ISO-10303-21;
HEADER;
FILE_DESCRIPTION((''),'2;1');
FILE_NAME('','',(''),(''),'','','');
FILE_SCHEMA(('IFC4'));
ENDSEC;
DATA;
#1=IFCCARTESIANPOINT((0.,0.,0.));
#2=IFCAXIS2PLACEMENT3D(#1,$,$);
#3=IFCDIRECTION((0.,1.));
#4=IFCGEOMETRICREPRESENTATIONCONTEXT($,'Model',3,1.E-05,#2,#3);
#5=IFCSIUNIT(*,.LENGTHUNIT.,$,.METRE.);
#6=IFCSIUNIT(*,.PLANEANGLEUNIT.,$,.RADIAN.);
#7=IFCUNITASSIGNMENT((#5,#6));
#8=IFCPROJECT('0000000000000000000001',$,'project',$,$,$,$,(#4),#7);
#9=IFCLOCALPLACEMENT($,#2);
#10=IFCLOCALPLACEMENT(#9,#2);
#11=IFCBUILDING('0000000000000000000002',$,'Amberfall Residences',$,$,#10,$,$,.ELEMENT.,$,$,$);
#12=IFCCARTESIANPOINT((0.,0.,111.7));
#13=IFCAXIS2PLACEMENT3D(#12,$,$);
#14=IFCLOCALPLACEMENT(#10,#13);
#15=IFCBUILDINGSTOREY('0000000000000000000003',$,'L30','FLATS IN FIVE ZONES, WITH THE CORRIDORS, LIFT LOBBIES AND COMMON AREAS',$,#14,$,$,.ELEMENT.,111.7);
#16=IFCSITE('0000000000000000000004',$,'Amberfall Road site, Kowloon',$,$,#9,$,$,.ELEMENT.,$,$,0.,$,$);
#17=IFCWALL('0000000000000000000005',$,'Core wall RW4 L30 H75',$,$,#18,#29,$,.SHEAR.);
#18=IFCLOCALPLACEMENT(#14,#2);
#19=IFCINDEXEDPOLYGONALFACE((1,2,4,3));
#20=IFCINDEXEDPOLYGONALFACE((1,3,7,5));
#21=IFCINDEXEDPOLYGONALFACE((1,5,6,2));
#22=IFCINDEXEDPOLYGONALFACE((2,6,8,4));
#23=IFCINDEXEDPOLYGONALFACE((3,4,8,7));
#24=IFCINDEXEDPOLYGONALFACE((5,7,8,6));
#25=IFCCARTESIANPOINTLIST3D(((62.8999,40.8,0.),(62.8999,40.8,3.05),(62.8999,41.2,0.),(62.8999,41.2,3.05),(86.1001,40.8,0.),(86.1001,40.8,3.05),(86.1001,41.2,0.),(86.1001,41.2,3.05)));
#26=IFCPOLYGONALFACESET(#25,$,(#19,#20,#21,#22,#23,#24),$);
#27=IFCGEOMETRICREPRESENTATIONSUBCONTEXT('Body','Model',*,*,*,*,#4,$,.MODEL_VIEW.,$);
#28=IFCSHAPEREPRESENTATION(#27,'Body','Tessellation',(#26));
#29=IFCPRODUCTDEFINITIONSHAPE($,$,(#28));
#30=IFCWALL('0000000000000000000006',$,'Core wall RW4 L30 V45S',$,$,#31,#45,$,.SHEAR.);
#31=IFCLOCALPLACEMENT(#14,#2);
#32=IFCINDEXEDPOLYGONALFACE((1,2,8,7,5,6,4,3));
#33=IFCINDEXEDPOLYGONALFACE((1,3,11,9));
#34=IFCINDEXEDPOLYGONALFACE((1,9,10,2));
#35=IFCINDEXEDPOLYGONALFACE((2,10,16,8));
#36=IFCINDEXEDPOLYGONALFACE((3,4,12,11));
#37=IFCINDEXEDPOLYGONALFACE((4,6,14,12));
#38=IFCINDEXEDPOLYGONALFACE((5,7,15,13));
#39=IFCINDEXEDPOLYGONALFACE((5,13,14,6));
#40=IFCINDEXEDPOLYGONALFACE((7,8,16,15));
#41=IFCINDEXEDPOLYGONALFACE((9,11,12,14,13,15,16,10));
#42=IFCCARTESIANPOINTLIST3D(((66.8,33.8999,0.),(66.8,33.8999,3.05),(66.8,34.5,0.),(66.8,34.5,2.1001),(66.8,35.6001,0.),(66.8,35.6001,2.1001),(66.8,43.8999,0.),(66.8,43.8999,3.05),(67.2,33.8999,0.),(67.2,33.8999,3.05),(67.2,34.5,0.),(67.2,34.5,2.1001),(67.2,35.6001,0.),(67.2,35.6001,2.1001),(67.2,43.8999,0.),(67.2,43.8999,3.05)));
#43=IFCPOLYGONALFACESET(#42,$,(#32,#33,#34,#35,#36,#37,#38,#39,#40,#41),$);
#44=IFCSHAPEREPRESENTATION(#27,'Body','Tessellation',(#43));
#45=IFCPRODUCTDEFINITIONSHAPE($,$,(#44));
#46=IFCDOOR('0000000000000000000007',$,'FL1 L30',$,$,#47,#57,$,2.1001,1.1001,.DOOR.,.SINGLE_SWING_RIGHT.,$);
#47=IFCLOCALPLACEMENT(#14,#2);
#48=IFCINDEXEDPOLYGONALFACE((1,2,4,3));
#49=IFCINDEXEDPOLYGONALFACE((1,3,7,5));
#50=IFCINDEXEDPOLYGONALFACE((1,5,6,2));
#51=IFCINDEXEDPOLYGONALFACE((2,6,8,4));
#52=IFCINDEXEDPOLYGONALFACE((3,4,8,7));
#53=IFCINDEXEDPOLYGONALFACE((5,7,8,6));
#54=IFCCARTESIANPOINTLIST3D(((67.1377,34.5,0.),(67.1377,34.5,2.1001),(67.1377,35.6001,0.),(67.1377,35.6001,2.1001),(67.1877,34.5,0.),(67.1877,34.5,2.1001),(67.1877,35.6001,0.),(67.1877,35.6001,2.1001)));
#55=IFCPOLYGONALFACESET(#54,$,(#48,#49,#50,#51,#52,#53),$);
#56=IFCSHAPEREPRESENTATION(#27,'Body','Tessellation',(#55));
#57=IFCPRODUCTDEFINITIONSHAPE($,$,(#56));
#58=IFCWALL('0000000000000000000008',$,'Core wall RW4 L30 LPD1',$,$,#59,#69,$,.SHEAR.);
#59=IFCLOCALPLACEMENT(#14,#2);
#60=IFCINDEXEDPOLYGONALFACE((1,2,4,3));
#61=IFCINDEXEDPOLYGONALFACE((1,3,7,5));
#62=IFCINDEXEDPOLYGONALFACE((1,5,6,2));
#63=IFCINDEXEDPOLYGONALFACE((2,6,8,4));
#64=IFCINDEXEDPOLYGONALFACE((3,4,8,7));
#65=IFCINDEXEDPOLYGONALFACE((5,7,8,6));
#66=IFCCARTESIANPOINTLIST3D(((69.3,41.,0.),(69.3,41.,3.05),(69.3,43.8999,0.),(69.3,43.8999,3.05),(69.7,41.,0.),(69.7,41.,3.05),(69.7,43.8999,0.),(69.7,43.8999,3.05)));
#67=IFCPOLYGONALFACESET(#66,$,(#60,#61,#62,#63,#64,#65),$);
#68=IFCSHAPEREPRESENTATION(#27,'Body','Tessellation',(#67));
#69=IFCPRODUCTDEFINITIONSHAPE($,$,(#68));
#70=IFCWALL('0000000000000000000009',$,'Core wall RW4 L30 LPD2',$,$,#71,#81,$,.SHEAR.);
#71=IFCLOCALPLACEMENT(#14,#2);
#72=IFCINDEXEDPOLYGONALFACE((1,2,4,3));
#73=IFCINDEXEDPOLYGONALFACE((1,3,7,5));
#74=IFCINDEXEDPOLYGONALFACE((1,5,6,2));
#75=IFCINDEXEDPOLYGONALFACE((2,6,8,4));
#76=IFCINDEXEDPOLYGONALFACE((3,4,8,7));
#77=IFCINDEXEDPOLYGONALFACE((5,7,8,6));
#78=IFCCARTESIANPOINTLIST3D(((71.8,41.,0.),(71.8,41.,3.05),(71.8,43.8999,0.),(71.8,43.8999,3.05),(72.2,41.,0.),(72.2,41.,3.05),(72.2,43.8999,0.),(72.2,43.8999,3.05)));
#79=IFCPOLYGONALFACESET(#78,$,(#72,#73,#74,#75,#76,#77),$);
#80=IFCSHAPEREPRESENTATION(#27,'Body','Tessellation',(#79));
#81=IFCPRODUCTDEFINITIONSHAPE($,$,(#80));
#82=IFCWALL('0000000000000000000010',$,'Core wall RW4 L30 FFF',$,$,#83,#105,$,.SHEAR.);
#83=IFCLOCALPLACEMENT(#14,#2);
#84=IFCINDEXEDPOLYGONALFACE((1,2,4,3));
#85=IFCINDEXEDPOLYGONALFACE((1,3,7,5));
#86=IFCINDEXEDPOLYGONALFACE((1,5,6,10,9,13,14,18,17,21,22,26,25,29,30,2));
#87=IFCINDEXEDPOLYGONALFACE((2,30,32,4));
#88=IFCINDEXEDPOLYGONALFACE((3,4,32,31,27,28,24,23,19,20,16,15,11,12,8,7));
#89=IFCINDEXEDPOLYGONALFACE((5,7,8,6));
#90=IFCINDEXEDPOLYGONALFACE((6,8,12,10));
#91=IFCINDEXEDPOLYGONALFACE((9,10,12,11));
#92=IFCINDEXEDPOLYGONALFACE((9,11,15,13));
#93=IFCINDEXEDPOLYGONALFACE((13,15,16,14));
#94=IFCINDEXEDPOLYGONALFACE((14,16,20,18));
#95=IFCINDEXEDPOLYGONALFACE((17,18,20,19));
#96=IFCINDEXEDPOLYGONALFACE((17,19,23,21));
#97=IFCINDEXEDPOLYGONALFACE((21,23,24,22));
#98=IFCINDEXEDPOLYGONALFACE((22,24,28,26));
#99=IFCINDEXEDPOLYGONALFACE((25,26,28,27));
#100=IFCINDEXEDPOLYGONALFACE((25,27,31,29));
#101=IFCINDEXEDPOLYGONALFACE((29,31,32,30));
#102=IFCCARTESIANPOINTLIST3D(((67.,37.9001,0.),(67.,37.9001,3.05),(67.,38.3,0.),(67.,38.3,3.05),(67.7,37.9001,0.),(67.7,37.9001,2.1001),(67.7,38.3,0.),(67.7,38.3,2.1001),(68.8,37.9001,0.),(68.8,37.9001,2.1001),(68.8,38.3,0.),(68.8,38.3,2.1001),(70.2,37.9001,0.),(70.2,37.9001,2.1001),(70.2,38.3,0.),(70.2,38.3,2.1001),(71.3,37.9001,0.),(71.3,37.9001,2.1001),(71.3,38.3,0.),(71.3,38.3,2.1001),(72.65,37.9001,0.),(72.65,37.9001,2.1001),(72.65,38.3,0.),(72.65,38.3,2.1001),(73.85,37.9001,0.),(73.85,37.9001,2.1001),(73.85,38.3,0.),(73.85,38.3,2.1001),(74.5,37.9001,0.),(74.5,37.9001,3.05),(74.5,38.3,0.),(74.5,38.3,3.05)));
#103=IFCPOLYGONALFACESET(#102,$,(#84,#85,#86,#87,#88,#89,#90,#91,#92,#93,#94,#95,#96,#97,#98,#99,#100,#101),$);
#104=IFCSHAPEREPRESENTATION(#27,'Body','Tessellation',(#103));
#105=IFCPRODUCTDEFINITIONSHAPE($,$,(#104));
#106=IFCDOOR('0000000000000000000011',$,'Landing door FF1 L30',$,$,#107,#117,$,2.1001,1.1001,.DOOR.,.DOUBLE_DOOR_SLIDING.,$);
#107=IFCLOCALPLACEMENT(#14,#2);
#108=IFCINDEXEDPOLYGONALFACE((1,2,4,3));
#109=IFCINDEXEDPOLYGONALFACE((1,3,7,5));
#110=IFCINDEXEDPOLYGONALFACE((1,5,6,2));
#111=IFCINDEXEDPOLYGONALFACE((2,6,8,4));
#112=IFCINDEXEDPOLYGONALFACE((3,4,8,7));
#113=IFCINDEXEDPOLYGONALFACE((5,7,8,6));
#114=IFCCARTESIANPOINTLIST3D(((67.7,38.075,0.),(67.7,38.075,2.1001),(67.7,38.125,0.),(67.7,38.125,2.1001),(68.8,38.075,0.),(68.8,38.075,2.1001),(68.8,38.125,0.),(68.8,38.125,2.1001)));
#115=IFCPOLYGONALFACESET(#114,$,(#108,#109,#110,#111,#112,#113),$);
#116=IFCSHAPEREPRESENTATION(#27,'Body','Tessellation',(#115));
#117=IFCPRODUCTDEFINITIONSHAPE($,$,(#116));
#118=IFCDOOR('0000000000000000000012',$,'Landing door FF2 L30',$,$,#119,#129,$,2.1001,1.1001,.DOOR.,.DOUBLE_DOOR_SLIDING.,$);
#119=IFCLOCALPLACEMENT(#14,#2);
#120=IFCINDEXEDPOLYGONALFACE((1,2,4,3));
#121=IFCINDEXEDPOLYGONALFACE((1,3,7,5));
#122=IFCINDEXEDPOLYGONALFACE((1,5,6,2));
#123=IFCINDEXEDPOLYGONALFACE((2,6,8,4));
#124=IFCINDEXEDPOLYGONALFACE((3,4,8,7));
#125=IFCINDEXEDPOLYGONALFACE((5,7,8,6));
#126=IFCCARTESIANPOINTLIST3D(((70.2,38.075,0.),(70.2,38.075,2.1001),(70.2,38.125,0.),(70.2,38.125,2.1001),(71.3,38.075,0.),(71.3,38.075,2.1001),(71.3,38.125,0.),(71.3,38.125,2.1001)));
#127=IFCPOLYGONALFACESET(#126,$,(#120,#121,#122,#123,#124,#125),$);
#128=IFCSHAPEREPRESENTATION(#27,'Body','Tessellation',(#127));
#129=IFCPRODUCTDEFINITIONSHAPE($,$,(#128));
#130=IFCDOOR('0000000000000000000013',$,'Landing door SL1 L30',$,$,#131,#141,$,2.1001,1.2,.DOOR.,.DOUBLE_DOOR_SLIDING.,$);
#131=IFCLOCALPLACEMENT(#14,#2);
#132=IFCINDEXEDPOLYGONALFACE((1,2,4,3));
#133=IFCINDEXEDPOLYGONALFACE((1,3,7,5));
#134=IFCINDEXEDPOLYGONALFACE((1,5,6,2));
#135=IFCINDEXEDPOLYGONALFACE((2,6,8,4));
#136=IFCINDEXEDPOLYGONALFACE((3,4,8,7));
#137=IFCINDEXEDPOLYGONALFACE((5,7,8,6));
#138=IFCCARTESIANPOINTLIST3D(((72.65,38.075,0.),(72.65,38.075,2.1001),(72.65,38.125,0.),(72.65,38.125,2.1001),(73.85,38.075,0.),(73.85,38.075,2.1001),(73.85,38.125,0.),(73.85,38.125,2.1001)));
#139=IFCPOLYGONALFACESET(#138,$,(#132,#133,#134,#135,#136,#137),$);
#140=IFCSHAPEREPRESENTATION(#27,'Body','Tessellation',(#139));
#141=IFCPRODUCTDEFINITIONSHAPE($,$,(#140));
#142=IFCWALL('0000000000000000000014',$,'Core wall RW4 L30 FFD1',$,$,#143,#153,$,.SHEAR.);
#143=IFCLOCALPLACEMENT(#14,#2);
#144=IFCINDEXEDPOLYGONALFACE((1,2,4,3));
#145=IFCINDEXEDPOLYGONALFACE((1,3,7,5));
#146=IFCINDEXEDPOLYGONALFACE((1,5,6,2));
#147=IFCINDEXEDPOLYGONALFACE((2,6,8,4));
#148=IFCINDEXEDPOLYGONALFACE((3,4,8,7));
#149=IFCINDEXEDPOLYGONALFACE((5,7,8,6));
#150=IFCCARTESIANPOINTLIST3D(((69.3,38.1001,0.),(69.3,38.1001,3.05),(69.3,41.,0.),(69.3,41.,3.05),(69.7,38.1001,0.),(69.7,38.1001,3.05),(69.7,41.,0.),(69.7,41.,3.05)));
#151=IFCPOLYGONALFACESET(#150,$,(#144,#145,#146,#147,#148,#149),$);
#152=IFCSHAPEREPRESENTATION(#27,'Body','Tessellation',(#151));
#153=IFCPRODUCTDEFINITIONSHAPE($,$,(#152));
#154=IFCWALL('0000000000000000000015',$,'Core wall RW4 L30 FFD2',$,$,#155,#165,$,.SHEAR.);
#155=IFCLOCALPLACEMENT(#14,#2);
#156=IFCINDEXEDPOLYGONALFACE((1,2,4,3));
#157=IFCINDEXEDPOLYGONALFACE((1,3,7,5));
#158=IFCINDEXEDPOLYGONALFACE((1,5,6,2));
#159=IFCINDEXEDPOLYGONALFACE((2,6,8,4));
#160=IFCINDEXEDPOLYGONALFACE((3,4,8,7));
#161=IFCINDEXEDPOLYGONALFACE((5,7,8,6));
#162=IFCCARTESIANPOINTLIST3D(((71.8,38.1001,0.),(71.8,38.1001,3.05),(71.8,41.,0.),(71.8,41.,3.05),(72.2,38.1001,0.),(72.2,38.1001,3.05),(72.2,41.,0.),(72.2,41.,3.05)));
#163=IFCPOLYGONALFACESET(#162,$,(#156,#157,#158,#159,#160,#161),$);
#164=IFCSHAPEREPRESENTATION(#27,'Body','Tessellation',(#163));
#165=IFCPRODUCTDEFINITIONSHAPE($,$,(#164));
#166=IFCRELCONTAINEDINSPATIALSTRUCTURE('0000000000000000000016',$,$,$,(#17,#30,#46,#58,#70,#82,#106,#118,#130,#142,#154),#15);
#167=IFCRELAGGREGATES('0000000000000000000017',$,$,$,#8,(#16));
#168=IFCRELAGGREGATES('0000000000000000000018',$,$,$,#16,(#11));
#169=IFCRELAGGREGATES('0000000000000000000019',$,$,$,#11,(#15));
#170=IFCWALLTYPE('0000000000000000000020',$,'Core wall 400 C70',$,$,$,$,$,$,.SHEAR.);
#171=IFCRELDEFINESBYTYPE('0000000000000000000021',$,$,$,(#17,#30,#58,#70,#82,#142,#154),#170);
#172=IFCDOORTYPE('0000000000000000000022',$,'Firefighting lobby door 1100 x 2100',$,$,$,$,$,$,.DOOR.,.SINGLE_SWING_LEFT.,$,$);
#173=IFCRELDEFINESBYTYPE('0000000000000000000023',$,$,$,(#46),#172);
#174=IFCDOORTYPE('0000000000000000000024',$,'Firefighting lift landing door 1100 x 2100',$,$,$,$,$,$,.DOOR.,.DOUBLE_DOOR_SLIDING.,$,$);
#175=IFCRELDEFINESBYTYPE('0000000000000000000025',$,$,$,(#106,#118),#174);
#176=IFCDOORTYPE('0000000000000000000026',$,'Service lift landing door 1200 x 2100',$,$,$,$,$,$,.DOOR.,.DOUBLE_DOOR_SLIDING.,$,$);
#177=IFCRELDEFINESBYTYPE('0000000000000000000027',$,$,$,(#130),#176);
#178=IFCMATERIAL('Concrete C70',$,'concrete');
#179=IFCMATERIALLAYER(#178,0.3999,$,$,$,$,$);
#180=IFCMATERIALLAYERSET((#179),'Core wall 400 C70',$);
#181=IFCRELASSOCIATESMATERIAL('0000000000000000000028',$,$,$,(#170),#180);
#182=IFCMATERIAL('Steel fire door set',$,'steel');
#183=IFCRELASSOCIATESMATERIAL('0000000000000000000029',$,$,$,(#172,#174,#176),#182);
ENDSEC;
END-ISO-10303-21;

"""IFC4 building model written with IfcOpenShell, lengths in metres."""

from ifc_helpers import new_model, si_unit, direction, frame, frame_2d, origin, place, context, subcontext, project, spatial, rectangle, extrude, material, layer, layer_set, type_object, element, fill, save


model = new_model("IFC4")

# Units and contexts
model_context = context("Model", 3, precision=1e-05, world=origin(), true_north=direction((0.0, 1.0)))
body_context = subcontext(model_context, "Body", "Model", "MODEL_VIEW")
ifc_project = project(units=[si_unit("LENGTHUNIT", "METRE"), si_unit("PLANEANGLEUNIT", "RADIAN")], contexts=[model_context])

# Site, building, storey
site_placement = place(None, origin())
site = spatial("IfcSite", under=ifc_project, at=site_placement, Name="Amberfall Road site, Kowloon", CompositionType="ELEMENT", RefElevation=0.0)
building_placement = place(site_placement, origin())
building = spatial("IfcBuilding", under=site, at=building_placement, Name="Amberfall Residences", CompositionType="ELEMENT")
storey_placement = place(building_placement, frame((0.0, 0.0, 111.7)))
storey = spatial("IfcBuildingStorey", under=building, at=storey_placement, Name="L30", Description="FLATS IN FIVE ZONES, WITH THE CORRIDORS, LIFT LOBBIES AND COMMON AREAS", CompositionType="ELEMENT", Elevation=111.7)

# Wall
ifc_material_1 = material(Name="Concrete C70", Category="concrete")
ifc_layer_1 = layer(ifc_material_1, 0.3999)
ifc_layer_set_1 = layer_set([ifc_layer_1], Name="Core wall 400 C70")
wall_type_1 = type_object("IfcWallType", Name="Core wall 400 C70", PredefinedType="SHEAR", material=ifc_layer_set_1)
wall_1_placement = place(storey_placement, frame((62.8999, 41.0, 0.0), z_axis=(0.0, 0.0, 1.0), x_axis=(1.0, 0.0, 0.0)))
element("IfcWall", 1, at=wall_1_placement, inside=storey, type_object=wall_type_1, Name="Core wall RW4 L30 H75", PredefinedType="SHEAR", context=body_context, shape_type="SweptSolid", body=[
    extrude(rectangle(XDim=23.2002, YDim=0.3999, at=frame_2d((11.6001, 0.0))), origin(), (0.0, 0.0, 1.0), 3.05),
])

# Wall, opening, door
wall_2_placement = place(storey_placement, frame((67.0, 33.8999, 0.0), z_axis=(0.0, 0.0, 1.0), x_axis=(0.0, 1.0, 0.0)))
wall_2 = element("IfcWall", 2, at=wall_2_placement, inside=storey, type_object=wall_type_1, Name="Core wall RW4 L30 V45S", PredefinedType="SHEAR", context=body_context, shape_type="SweptSolid", body=[
    extrude(rectangle(XDim=10.0, YDim=0.3999, at=frame_2d((5.0, 0.0))), origin(), (0.0, 0.0, 1.0), 3.05),
])
opening_1_placement = place(wall_2_placement, frame((0.6001, 0.0, 0.0)))
opening_1 = element("IfcOpeningElement", 3, at=opening_1_placement, cuts=wall_2, PredefinedType="OPENING", context=body_context, shape_type="SweptSolid", body=[
    extrude(rectangle(XDim=1.1001, YDim=2.1001, at=frame_2d((0.55, 1.05))), frame((0.0, 0.21, 0.0), z_axis=(0.0, -1.0, 0.0), x_axis=(1.0, 0.0, 0.0)), (0.0, 0.0, 1.0), 0.4199),
])
ifc_material_2 = material(Name="Steel fire door set", Category="steel")
door_type_1 = type_object("IfcDoorType", Name="Firefighting lobby door 1100 x 2100", OperationType="SINGLE_SWING_LEFT", PredefinedType="DOOR", material=ifc_material_2)
door_1_placement = place(opening_1_placement, origin())
door_1 = element("IfcDoor", 4, at=door_1_placement, inside=storey, type_object=door_type_1, Name="FL1 L30", OperationType="SINGLE_SWING_RIGHT", OverallHeight=2.1001, OverallWidth=1.1001, PredefinedType="DOOR", context=body_context, shape_type="SweptSolid", body=[
    extrude(rectangle(XDim=1.1001, YDim=2.1001, at=frame_2d((0.55, 1.05))), frame((0.0, -0.1377, 0.0), z_axis=(0.0, -1.0, 0.0), x_axis=(1.0, 0.0, 0.0)), (0.0, 0.0, 1.0), 0.05),
])
fill(opening_1, door_1)

# Walls
for number, where, z_axis, x_axis, name in (
    (5, (69.5, 41.0, 0.0), (0.0, 0.0, 1.0), (0.0, 1.0, 0.0), "Core wall RW4 L30 LPD1"),
    (6, (72.0, 41.0, 0.0), (0.0, 0.0, 1.0), (0.0, 1.0, 0.0), "Core wall RW4 L30 LPD2"),
):
    element("IfcWall", number, at=place(storey_placement, frame(where, z_axis=z_axis, x_axis=x_axis)), inside=storey, type_object=wall_type_1, Name=name, PredefinedType="SHEAR", context=body_context, shape_type="SweptSolid", body=[
        extrude(rectangle(XDim=2.8999, YDim=0.3999, at=frame_2d((1.45, 0.0))), origin(), (0.0, 0.0, 1.0), 3.05),
    ])

# Wall, openings, doors
wall_3_placement = place(storey_placement, frame((67.0, 38.1001, 0.0), z_axis=(0.0, 0.0, 1.0), x_axis=(1.0, 0.0, 0.0)))
wall_3 = element("IfcWall", 7, at=wall_3_placement, inside=storey, type_object=wall_type_1, Name="Core wall RW4 L30 FFF", PredefinedType="SHEAR", context=body_context, shape_type="SweptSolid", body=[
    extrude(rectangle(XDim=7.5, YDim=0.3999, at=frame_2d((3.75, 0.0))), origin(), (0.0, 0.0, 1.0), 3.05),
])
opening_2_placement = place(wall_3_placement, frame((0.7, 0.0, 0.0)))
opening_2 = element("IfcOpeningElement", 8, at=opening_2_placement, cuts=wall_3, PredefinedType="OPENING", context=body_context, shape_type="SweptSolid", body=[
    extrude(rectangle(XDim=1.1001, YDim=2.1001, at=frame_2d((0.55, 1.05))), frame((0.0, 0.21, 0.0), z_axis=(0.0, -1.0, 0.0), x_axis=(1.0, 0.0, 0.0)), (0.0, 0.0, 1.0), 0.4199),
])
opening_3_placement = place(wall_3_placement, frame((3.2, 0.0, 0.0)))
opening_3 = element("IfcOpeningElement", 9, at=opening_3_placement, cuts=wall_3, PredefinedType="OPENING", context=body_context, shape_type="SweptSolid", body=[
    extrude(rectangle(XDim=1.1001, YDim=2.1001, at=frame_2d((0.55, 1.05))), frame((0.0, 0.21, 0.0), z_axis=(0.0, -1.0, 0.0), x_axis=(1.0, 0.0, 0.0)), (0.0, 0.0, 1.0), 0.4199),
])
opening_4_placement = place(wall_3_placement, frame((5.6499, 0.0, 0.0)))
opening_4 = element("IfcOpeningElement", 10, at=opening_4_placement, cuts=wall_3, PredefinedType="OPENING", context=body_context, shape_type="SweptSolid", body=[
    extrude(rectangle(XDim=1.2, YDim=2.1001, at=frame_2d((0.6001, 1.05))), frame((0.0, 0.21, 0.0), z_axis=(0.0, -1.0, 0.0), x_axis=(1.0, 0.0, 0.0)), (0.0, 0.0, 1.0), 0.4199),
])
door_type_2 = type_object("IfcDoorType", Name="Firefighting lift landing door 1100 x 2100", OperationType="DOUBLE_DOOR_SLIDING", PredefinedType="DOOR", material=ifc_material_2)
door_2_placement = place(opening_2_placement, origin())
door_2 = element("IfcDoor", 11, at=door_2_placement, inside=storey, type_object=door_type_2, Name="Landing door FF1 L30", OperationType="DOUBLE_DOOR_SLIDING", OverallHeight=2.1001, OverallWidth=1.1001, PredefinedType="DOOR", context=body_context, shape_type="SweptSolid", body=[
    extrude(rectangle(XDim=1.1001, YDim=2.1001, at=frame_2d((0.55, 1.05))), frame((0.0, 0.0249, 0.0), z_axis=(0.0, -1.0, 0.0), x_axis=(1.0, 0.0, 0.0)), (0.0, 0.0, 1.0), 0.05),
])
fill(opening_2, door_2)
door_3_placement = place(opening_3_placement, origin())
door_3 = element("IfcDoor", 12, at=door_3_placement, inside=storey, type_object=door_type_2, Name="Landing door FF2 L30", OperationType="DOUBLE_DOOR_SLIDING", OverallHeight=2.1001, OverallWidth=1.1001, PredefinedType="DOOR", context=body_context, shape_type="SweptSolid", body=[
    extrude(rectangle(XDim=1.1001, YDim=2.1001, at=frame_2d((0.55, 1.05))), frame((0.0, 0.0249, 0.0), z_axis=(0.0, -1.0, 0.0), x_axis=(1.0, 0.0, 0.0)), (0.0, 0.0, 1.0), 0.05),
])
fill(opening_3, door_3)
door_type_3 = type_object("IfcDoorType", Name="Service lift landing door 1200 x 2100", OperationType="DOUBLE_DOOR_SLIDING", PredefinedType="DOOR", material=ifc_material_2)
door_4_placement = place(opening_4_placement, origin())
door_4 = element("IfcDoor", 13, at=door_4_placement, inside=storey, type_object=door_type_3, Name="Landing door SL1 L30", OperationType="DOUBLE_DOOR_SLIDING", OverallHeight=2.1001, OverallWidth=1.2, PredefinedType="DOOR", context=body_context, shape_type="SweptSolid", body=[
    extrude(rectangle(XDim=1.2, YDim=2.1001, at=frame_2d((0.6001, 1.05))), frame((0.0, 0.0249, 0.0), z_axis=(0.0, -1.0, 0.0), x_axis=(1.0, 0.0, 0.0)), (0.0, 0.0, 1.0), 0.05),
])
fill(opening_4, door_4)

# Walls
for number, where, z_axis, x_axis, name in (
    (14, (69.5, 38.1001, 0.0), (0.0, 0.0, 1.0), (0.0, 1.0, 0.0), "Core wall RW4 L30 FFD1"),
    (15, (72.0, 38.1001, 0.0), (0.0, 0.0, 1.0), (0.0, 1.0, 0.0), "Core wall RW4 L30 FFD2"),
):
    element("IfcWall", number, at=place(storey_placement, frame(where, z_axis=z_axis, x_axis=x_axis)), inside=storey, type_object=wall_type_1, Name=name, PredefinedType="SHEAR", context=body_context, shape_type="SweptSolid", body=[
        extrude(rectangle(XDim=2.8999, YDim=0.3999, at=frame_2d((1.45, 0.0))), origin(), (0.0, 0.0, 1.0), 3.05),
    ])

save(model, "model.ifc")
